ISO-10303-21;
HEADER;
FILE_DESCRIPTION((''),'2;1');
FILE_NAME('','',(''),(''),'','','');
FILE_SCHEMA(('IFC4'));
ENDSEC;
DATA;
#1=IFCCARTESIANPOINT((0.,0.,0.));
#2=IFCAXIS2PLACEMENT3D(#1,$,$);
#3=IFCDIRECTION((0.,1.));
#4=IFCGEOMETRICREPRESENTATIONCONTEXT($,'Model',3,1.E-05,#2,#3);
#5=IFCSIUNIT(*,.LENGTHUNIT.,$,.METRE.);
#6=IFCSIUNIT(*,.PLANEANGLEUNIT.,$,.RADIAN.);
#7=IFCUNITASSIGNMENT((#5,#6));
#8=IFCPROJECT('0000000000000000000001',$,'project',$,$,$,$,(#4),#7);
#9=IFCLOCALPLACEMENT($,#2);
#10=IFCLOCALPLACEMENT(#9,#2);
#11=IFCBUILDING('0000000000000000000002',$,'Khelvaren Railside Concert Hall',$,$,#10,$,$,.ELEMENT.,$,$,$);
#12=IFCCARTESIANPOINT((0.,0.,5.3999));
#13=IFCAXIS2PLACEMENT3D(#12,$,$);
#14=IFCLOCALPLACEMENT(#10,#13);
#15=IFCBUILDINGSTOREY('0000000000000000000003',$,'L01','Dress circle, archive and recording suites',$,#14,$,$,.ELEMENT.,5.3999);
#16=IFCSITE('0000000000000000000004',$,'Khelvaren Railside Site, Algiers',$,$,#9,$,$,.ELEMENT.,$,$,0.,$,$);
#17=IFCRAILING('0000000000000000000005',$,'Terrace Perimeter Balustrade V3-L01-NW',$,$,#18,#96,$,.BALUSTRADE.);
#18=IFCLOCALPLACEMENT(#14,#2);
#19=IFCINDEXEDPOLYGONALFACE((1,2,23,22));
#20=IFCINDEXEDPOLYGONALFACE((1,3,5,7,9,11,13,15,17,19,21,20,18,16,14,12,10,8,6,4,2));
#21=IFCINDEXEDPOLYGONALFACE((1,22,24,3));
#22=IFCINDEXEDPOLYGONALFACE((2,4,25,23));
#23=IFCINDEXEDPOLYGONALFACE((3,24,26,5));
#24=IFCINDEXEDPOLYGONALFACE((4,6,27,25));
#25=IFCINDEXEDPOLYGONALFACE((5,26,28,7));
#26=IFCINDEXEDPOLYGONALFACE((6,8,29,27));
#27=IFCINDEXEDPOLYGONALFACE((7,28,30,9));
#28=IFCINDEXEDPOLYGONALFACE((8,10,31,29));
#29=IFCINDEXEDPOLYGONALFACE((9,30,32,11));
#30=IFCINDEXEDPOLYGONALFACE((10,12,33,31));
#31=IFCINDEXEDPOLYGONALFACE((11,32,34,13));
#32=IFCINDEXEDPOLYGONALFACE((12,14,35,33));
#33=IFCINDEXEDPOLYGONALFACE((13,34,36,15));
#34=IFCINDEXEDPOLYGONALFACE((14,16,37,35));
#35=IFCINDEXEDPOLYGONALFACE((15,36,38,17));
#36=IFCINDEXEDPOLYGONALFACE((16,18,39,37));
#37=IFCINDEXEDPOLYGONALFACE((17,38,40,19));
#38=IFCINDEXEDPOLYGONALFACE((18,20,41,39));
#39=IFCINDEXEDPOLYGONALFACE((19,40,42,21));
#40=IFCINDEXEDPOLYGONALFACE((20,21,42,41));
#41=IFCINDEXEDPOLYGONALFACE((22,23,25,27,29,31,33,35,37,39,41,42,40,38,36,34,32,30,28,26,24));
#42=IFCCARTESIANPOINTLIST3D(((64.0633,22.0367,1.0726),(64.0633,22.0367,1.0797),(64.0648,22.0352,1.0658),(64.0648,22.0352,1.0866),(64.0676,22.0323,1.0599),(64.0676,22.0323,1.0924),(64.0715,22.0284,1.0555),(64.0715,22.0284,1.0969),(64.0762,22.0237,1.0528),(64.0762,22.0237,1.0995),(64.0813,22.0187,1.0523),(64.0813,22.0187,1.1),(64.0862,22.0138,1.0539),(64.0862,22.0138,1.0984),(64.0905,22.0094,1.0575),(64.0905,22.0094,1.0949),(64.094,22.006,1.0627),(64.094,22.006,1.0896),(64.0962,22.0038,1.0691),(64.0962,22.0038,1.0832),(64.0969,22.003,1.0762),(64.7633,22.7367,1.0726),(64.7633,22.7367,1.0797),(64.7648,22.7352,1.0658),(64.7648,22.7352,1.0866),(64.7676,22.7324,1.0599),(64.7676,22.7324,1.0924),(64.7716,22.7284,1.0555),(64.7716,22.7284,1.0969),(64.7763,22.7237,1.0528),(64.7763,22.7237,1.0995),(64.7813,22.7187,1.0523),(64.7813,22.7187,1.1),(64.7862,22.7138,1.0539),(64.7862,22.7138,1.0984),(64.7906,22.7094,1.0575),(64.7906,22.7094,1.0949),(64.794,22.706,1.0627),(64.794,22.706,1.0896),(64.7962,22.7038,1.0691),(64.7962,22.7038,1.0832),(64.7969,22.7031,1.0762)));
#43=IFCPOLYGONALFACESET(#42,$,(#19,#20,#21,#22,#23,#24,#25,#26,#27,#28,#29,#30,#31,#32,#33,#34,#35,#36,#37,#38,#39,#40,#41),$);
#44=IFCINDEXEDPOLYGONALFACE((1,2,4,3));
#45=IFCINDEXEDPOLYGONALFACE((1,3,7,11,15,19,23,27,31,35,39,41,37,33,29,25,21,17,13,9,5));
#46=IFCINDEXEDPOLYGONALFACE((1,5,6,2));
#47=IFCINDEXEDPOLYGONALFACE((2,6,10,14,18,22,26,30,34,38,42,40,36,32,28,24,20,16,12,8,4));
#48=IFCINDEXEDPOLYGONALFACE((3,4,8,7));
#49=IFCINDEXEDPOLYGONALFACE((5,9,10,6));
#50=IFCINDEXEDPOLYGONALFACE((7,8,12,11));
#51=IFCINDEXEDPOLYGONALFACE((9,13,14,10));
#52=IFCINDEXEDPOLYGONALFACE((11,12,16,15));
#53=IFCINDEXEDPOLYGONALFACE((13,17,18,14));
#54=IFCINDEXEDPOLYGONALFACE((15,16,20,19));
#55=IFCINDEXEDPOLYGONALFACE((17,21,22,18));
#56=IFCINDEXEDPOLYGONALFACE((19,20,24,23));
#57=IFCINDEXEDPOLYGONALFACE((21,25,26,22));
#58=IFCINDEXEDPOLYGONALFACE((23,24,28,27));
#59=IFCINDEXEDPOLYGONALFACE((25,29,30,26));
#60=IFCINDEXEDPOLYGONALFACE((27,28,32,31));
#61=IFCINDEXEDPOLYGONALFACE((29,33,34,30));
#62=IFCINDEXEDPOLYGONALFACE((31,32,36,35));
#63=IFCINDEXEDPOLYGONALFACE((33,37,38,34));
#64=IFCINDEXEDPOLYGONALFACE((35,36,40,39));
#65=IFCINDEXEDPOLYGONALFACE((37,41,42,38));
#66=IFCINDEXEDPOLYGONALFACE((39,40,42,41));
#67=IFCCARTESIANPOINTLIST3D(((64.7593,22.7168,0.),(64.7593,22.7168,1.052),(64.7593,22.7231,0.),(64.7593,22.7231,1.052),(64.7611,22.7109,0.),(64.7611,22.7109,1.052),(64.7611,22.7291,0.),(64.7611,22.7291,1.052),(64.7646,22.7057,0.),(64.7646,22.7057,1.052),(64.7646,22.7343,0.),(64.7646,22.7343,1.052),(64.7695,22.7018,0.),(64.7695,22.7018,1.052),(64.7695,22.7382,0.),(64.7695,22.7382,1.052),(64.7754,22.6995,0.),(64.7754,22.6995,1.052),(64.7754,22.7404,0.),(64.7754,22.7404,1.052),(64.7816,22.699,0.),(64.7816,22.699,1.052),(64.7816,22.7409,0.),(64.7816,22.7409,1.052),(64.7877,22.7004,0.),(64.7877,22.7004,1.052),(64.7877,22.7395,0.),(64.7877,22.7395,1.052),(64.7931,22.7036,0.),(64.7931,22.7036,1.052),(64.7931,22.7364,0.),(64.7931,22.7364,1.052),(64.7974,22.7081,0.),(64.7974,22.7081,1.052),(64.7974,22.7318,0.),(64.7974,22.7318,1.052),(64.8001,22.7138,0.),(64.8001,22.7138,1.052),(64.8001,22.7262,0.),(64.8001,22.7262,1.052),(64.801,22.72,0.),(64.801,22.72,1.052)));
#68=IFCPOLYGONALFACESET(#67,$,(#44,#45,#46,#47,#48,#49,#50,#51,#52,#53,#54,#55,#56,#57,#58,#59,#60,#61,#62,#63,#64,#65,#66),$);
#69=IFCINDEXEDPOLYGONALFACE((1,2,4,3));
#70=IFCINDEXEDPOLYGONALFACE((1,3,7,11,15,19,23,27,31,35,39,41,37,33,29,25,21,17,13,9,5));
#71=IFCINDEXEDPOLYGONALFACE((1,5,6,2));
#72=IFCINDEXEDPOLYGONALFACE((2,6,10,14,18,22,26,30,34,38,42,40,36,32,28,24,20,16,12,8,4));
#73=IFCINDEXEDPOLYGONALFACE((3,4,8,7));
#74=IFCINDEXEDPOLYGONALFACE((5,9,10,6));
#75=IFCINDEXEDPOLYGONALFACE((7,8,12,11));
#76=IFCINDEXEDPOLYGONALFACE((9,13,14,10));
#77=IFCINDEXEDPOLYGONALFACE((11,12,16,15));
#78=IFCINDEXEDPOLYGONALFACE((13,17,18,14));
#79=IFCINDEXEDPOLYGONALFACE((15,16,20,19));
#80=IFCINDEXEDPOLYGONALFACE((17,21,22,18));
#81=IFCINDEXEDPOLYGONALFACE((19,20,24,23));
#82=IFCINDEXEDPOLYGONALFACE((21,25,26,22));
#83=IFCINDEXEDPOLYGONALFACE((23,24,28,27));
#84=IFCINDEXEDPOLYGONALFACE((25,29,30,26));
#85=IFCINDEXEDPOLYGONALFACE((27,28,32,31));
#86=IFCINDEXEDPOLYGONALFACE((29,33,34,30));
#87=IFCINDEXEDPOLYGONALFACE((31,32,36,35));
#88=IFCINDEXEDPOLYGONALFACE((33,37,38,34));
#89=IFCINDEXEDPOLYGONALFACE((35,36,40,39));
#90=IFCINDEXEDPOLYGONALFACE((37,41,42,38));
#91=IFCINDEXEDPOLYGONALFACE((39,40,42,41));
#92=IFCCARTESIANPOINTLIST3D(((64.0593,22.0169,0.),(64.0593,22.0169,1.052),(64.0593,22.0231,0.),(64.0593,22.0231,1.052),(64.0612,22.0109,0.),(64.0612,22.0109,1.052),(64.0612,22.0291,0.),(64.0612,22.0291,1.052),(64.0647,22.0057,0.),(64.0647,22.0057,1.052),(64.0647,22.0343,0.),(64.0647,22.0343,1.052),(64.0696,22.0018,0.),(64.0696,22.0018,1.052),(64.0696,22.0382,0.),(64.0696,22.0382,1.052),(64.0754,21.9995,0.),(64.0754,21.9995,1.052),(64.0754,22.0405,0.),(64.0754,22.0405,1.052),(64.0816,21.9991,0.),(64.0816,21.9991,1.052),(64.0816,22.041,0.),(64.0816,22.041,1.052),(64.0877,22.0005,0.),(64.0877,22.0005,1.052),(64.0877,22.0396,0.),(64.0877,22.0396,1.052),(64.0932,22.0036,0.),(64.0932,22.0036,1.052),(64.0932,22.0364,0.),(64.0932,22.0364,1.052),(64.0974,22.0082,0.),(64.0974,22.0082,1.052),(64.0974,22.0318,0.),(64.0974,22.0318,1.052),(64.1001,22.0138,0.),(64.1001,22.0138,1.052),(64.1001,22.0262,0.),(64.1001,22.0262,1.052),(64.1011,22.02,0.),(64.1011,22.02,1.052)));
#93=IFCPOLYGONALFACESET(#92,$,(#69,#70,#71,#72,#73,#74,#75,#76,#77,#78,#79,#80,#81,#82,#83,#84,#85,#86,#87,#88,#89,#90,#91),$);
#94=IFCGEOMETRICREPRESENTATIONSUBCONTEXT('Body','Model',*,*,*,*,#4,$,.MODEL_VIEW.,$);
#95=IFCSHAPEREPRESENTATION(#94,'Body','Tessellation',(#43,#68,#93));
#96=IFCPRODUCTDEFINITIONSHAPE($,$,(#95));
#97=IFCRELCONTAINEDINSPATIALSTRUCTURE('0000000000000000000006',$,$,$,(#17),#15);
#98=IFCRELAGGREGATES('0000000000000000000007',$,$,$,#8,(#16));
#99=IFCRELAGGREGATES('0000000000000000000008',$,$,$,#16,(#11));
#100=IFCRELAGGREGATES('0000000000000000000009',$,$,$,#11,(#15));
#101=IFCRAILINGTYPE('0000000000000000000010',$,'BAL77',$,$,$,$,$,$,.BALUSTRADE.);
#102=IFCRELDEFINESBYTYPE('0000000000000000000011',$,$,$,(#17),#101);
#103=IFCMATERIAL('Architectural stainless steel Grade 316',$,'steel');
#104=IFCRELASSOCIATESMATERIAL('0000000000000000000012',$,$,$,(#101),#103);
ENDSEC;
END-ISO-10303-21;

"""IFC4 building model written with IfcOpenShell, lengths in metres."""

from ifc_helpers import new_model, si_unit, direction, frame, origin, origin_2d, place, context, subcontext, project, spatial, circle, extrude, material, type_object, element, save


model = new_model("IFC4")

# Units and contexts
model_context = context("Model", 3, precision=1e-05, world=origin(), true_north=direction((0.0, 1.0)))
body_context = subcontext(model_context, "Body", "Model", "MODEL_VIEW")
ifc_project = project(units=[si_unit("LENGTHUNIT", "METRE"), si_unit("PLANEANGLEUNIT", "RADIAN")], contexts=[model_context])

# Site, building, storey
site_placement = place(None, origin())
site = spatial("IfcSite", under=ifc_project, at=site_placement, Name="Khelvaren Railside Site, Algiers", CompositionType="ELEMENT", RefElevation=0.0)
building_placement = place(site_placement, origin())
building = spatial("IfcBuilding", under=site, at=building_placement, Name="Khelvaren Railside Concert Hall", CompositionType="ELEMENT")
storey_placement = place(building_placement, frame((0.0, 0.0, 5.3999)))
storey = spatial("IfcBuildingStorey", under=building, at=storey_placement, Name="L01", Description="Dress circle, archive and recording suites", CompositionType="ELEMENT", Elevation=5.3999)

# Railing
ifc_material_1 = material(Name="Architectural stainless steel Grade 316", Category="steel")
railing_type = type_object("IfcRailingType", Name="BAL77", PredefinedType="BALUSTRADE", material=ifc_material_1)
railing_1_placement = place(storey_placement, frame((64.78, 22.72, 0.0)))
element("IfcRailing", 1, at=railing_1_placement, inside=storey, type_object=railing_type, Name="Terrace Perimeter Balustrade V3-L01-NW", PredefinedType="BALUSTRADE", context=body_context, shape_type="SweptSolid", body=[
    extrude(circle(Radius=0.0239, at=origin_2d()), frame((0.0, 0.0, 1.0762), z_axis=(-0.707107, -0.707107, 0.0), x_axis=(0.707107, -0.707107, 0.0)), (0.0, 0.0, 1.0), 0.99),
    extrude(circle(Radius=0.021, at=origin_2d()), origin(), (0.0, 0.0, 1.0), 1.052),
    extrude(circle(Radius=0.021, at=origin_2d()), frame((-0.7, -0.7, 0.0)), (0.0, 0.0, 1.0), 1.052),
])

save(model, "model.ifc")
